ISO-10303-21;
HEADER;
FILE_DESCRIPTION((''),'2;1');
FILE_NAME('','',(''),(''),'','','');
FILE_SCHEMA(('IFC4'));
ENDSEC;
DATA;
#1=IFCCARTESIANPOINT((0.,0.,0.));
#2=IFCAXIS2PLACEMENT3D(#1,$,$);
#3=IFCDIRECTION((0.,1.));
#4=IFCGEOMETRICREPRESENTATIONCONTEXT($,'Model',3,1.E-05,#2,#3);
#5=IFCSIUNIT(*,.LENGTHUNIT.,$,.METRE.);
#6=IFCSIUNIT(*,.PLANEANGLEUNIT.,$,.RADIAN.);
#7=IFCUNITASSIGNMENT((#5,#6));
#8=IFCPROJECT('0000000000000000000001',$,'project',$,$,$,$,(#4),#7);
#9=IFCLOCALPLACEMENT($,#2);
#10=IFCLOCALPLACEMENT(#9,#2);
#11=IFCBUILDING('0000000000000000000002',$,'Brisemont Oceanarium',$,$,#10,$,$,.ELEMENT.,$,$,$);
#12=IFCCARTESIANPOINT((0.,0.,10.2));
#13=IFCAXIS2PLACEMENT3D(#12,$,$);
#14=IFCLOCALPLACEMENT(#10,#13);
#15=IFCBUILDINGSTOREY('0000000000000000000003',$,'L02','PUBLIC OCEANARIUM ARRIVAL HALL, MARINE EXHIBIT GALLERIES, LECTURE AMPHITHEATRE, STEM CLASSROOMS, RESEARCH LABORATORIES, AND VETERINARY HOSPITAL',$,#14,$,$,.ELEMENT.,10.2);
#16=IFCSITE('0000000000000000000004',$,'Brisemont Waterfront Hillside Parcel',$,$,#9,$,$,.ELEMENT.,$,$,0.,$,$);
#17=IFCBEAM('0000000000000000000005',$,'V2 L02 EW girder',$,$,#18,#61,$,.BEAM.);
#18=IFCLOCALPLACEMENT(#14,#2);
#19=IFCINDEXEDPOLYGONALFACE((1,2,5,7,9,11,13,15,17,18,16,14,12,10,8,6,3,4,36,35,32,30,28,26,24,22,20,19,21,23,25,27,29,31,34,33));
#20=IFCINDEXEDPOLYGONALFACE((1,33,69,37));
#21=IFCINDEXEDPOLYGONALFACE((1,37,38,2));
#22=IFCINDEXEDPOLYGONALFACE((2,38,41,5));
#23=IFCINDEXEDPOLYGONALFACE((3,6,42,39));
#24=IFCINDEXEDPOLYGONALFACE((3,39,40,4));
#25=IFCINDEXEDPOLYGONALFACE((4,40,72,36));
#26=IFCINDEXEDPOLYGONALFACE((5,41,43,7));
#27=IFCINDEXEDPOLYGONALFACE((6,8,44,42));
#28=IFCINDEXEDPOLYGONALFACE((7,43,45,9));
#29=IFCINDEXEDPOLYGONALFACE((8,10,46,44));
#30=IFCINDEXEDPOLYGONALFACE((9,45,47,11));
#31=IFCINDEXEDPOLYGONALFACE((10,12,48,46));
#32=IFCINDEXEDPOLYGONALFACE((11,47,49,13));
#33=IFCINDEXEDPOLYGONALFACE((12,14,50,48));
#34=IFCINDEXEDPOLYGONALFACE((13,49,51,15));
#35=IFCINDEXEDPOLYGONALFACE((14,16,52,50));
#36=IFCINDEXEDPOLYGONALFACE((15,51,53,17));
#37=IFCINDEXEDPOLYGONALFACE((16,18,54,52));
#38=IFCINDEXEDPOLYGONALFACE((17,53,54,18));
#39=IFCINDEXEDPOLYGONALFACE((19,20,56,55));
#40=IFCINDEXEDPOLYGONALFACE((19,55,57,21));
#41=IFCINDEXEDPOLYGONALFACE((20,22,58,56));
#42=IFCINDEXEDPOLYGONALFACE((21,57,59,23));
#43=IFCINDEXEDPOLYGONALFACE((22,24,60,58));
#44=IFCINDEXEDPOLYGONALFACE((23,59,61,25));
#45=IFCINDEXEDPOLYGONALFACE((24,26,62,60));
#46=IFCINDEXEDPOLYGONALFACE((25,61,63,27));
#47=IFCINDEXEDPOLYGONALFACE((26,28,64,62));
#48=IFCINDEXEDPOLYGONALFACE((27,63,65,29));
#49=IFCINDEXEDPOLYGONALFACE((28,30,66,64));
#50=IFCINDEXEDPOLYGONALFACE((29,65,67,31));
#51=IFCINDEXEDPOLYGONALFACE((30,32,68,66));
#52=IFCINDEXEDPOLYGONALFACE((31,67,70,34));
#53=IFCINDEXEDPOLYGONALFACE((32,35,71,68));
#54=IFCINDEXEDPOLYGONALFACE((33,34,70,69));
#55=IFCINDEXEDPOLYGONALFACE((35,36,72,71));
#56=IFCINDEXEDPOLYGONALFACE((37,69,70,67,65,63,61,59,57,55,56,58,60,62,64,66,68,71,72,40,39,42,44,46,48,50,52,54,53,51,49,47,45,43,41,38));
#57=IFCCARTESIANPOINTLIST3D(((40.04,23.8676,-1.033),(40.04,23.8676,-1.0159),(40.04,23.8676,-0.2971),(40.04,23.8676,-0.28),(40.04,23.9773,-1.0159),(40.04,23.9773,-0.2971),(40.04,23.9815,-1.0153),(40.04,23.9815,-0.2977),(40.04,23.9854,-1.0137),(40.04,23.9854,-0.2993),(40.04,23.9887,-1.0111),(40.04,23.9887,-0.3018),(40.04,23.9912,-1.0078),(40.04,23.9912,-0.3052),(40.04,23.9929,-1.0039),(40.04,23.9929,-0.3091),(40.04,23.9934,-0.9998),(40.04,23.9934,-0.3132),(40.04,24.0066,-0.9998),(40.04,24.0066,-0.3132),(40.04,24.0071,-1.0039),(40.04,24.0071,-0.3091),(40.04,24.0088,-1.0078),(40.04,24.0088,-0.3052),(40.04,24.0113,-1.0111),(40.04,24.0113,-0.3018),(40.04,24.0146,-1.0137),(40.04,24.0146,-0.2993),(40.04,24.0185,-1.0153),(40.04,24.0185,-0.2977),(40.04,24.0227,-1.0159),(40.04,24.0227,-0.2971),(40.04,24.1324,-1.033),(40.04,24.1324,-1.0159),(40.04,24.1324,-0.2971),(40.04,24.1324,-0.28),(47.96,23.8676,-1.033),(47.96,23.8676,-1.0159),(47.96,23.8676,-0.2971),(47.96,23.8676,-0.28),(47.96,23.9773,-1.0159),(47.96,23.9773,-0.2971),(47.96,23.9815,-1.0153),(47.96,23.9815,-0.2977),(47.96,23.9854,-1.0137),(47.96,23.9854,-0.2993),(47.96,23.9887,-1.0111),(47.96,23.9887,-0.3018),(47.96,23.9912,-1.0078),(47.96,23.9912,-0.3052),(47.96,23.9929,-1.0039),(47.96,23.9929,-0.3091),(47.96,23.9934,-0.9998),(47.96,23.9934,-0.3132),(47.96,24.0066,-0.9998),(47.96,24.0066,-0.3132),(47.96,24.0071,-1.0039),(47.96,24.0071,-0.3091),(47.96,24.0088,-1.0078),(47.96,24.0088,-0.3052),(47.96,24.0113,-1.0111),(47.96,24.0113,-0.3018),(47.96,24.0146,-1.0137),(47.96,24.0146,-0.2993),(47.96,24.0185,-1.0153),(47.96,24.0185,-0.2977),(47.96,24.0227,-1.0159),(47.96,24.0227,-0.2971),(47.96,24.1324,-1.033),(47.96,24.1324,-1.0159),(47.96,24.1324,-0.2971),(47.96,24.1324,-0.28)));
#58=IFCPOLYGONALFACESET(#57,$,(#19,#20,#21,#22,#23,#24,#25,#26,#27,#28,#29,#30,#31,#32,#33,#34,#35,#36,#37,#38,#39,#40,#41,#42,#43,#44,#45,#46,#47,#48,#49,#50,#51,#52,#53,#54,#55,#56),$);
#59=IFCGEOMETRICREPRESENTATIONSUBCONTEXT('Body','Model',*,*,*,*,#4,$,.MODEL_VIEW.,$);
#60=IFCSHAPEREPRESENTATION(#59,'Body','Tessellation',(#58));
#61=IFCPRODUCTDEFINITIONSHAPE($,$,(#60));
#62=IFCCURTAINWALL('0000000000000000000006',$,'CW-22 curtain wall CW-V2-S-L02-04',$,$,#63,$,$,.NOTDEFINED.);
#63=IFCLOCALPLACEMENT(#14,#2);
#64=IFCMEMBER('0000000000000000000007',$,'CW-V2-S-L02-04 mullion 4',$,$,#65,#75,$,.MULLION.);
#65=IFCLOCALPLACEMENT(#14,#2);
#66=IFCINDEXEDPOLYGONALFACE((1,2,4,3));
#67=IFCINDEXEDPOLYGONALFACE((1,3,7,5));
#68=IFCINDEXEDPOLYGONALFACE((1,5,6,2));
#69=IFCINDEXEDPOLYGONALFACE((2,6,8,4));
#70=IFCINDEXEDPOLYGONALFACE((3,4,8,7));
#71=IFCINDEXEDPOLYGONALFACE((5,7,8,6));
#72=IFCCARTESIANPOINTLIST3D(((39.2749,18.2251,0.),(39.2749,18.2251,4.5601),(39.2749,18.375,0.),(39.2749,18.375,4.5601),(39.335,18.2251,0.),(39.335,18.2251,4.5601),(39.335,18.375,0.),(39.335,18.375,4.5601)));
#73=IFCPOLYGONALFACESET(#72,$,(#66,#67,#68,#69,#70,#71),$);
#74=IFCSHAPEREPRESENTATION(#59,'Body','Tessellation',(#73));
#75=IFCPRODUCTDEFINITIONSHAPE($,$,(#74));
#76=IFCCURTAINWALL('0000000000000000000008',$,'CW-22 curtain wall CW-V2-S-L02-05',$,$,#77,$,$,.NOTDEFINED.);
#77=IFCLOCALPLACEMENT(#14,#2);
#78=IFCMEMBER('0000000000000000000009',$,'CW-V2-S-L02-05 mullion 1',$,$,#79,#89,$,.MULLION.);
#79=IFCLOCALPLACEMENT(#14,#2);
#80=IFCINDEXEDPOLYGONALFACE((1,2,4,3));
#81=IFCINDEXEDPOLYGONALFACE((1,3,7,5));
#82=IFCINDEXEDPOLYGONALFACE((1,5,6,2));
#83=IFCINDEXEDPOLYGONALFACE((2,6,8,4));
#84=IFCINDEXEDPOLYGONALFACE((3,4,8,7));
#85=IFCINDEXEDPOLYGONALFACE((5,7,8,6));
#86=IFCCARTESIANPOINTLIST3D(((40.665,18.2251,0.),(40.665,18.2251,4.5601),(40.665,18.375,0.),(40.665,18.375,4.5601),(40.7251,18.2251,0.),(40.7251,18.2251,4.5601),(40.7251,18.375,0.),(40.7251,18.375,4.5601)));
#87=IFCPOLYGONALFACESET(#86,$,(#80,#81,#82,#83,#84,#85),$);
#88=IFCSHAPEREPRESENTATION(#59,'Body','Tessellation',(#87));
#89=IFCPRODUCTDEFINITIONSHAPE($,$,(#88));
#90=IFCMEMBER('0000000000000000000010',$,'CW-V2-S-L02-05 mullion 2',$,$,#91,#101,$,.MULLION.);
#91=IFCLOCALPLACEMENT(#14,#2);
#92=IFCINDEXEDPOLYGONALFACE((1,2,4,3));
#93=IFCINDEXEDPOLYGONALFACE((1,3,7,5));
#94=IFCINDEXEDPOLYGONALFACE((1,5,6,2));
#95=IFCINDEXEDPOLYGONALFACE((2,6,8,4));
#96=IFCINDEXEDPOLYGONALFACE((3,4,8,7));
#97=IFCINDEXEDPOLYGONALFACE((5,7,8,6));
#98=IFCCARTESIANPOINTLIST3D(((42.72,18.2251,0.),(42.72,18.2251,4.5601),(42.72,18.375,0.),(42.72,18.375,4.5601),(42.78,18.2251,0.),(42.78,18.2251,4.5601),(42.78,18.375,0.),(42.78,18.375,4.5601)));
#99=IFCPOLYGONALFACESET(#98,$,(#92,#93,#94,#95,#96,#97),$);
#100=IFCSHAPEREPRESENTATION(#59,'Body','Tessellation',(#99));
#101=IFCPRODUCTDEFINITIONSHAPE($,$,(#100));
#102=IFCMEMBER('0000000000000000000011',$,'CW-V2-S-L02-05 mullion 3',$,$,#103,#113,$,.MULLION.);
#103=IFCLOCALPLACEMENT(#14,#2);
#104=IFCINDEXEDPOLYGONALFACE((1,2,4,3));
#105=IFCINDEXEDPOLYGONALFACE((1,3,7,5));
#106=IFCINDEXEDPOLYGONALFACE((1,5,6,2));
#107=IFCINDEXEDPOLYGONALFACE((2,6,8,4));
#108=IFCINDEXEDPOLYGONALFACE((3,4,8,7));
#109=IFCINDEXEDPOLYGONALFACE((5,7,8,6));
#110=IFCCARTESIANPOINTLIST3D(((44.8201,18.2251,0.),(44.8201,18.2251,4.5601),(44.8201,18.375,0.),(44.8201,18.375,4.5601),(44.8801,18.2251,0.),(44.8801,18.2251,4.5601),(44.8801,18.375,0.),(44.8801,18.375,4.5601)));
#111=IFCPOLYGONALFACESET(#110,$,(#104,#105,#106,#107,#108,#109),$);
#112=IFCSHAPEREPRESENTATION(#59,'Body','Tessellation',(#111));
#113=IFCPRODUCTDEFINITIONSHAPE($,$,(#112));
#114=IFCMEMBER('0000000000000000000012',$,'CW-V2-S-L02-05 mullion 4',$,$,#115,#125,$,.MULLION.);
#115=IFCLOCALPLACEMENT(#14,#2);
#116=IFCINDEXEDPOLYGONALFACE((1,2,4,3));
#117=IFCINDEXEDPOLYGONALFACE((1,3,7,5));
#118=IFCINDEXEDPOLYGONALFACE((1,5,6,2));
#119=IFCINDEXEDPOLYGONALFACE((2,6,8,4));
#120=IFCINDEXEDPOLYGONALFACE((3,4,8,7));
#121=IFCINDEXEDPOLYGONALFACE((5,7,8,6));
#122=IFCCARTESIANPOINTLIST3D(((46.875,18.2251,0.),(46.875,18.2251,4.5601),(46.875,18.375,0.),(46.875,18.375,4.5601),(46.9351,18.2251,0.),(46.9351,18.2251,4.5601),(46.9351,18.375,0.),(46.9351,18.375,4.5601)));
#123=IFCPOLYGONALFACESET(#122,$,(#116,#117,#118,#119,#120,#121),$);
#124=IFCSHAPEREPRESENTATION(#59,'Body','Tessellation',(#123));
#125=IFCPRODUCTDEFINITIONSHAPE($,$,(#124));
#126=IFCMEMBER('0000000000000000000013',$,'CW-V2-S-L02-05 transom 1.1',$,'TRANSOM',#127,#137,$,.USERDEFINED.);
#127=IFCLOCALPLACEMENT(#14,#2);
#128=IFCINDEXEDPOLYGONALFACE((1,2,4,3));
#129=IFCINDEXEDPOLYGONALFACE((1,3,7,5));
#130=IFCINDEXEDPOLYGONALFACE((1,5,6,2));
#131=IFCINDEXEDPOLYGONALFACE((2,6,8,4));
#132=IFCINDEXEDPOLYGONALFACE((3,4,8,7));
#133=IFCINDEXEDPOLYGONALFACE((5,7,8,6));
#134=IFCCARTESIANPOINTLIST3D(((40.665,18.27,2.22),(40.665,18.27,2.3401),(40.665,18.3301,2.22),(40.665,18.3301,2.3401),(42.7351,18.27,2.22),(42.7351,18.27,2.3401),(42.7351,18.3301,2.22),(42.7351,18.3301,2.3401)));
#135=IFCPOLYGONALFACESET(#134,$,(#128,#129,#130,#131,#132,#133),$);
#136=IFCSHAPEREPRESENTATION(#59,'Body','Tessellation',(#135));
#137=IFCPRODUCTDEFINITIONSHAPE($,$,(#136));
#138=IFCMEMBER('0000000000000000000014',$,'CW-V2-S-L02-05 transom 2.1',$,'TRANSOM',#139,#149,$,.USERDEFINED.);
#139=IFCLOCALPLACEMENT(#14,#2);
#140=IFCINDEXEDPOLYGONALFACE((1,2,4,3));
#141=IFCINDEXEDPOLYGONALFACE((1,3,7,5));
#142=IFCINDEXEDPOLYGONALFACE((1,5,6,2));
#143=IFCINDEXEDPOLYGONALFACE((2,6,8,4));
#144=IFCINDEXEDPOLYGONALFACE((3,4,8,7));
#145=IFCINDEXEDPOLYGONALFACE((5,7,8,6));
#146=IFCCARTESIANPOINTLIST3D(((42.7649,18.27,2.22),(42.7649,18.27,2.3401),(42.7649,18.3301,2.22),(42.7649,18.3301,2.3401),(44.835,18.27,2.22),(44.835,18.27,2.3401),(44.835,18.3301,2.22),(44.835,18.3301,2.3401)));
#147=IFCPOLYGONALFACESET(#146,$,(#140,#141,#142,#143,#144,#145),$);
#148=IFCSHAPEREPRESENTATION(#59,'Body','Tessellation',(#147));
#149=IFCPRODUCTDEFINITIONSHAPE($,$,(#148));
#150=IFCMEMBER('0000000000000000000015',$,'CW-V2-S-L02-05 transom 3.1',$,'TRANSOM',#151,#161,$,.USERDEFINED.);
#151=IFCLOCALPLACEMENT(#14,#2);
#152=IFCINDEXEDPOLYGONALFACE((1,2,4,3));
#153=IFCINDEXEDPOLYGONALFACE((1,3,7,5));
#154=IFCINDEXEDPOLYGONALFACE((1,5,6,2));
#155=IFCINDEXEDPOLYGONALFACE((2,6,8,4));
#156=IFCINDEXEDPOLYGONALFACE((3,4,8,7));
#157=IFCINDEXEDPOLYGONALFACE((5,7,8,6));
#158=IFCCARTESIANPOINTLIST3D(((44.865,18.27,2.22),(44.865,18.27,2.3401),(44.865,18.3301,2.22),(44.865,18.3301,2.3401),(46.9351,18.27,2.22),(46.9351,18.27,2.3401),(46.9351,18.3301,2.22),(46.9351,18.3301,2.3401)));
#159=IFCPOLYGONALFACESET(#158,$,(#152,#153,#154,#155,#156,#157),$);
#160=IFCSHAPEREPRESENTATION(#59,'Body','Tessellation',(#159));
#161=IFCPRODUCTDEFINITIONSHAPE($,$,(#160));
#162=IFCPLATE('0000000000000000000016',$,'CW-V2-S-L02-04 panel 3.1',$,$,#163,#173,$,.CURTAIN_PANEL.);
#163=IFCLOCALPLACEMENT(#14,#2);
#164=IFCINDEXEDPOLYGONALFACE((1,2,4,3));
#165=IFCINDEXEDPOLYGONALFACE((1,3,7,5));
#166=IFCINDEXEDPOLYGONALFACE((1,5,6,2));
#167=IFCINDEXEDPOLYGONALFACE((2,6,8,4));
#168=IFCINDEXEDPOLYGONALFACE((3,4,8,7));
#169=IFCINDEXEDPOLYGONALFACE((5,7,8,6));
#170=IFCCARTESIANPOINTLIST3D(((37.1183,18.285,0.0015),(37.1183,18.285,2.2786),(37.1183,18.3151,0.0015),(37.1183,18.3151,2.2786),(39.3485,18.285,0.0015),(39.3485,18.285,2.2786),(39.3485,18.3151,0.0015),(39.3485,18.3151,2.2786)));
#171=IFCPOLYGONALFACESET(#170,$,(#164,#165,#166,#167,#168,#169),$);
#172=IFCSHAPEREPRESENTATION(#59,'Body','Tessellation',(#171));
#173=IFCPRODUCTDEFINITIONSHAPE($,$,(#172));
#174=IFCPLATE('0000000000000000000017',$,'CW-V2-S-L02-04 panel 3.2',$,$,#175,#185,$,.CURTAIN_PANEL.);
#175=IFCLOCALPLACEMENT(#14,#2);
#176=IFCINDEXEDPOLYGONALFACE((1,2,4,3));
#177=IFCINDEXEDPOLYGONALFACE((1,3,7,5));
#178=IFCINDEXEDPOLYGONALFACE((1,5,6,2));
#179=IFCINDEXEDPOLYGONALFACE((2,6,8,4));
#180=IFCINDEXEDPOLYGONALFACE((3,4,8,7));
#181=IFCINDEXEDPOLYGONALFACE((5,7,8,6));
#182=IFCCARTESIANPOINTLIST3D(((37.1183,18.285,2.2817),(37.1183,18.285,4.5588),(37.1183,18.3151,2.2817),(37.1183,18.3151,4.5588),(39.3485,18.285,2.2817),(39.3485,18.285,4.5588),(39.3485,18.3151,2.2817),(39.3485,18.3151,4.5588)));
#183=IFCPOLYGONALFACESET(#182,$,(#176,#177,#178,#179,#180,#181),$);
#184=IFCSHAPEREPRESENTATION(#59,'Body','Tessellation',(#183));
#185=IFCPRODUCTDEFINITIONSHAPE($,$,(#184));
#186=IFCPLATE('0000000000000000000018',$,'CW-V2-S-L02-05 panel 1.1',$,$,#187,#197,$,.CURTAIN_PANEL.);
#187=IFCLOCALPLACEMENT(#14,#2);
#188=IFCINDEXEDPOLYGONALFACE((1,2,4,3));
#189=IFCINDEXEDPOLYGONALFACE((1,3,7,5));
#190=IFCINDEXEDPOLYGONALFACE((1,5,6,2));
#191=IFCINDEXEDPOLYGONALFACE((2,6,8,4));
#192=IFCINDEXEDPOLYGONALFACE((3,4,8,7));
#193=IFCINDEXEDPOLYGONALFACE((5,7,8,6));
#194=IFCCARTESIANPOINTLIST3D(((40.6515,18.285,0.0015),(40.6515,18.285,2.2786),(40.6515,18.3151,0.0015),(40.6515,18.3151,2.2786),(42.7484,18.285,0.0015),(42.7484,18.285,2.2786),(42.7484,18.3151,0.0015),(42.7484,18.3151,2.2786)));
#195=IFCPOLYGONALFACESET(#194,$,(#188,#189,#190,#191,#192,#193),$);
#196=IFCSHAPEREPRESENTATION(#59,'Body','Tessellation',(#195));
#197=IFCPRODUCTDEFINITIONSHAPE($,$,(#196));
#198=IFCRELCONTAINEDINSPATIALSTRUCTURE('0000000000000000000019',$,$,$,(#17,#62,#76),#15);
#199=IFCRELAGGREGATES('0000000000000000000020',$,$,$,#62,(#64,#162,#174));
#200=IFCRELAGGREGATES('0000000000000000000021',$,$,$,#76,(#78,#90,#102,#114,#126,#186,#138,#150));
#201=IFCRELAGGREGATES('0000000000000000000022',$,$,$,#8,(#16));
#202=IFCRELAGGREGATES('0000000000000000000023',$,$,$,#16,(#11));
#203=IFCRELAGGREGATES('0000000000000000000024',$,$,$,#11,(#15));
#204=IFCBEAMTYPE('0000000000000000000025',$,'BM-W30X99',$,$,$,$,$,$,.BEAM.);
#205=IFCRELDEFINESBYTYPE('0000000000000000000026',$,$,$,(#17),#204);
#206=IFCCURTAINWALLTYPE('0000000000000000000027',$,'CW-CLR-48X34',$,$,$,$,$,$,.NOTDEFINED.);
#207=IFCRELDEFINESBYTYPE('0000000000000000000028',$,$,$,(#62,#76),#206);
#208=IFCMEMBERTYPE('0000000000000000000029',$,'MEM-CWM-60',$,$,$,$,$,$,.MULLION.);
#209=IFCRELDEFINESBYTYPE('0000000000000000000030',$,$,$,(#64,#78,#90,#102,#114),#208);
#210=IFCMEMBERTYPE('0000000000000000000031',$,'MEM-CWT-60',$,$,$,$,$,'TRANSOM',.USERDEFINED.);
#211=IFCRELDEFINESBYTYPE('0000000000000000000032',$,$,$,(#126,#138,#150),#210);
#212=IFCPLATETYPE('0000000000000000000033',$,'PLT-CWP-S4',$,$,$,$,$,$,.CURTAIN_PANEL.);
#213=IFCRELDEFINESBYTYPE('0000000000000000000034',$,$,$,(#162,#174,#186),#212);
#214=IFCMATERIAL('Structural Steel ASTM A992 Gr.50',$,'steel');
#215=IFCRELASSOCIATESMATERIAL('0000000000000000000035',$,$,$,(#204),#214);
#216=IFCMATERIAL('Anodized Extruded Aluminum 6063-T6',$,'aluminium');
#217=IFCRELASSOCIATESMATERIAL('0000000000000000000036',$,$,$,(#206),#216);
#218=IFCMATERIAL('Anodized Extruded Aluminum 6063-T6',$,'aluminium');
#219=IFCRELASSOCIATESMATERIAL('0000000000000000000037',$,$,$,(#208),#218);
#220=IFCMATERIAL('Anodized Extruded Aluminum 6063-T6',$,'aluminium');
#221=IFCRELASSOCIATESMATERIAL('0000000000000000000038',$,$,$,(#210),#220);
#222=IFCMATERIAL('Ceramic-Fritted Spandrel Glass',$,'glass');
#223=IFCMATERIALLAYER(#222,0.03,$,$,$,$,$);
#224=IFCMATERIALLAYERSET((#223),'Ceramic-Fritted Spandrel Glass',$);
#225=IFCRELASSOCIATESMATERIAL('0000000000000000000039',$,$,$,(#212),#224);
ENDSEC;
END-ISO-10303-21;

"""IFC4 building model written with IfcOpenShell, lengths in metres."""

from ifc_helpers import new_model, si_unit, direction, frame, origin, origin_2d, place, context, subcontext, project, spatial, rectangle, i_section, extrude, material, layer, layer_set, material_profile, profile_set, type_object, element, aggregate, save


model = new_model("IFC4")

# Units and contexts
model_context = context("Model", 3, precision=1e-05, world=origin(), true_north=direction((0.0, 1.0)))
body_context = subcontext(model_context, "Body", "Model", "MODEL_VIEW")
ifc_project = project(units=[si_unit("LENGTHUNIT", "METRE"), si_unit("PLANEANGLEUNIT", "RADIAN")], contexts=[model_context])

# Site, building, storey
site_placement = place(None, origin())
site = spatial("IfcSite", under=ifc_project, at=site_placement, Name="Brisemont Waterfront Hillside Parcel", CompositionType="ELEMENT", RefElevation=0.0)
building_placement = place(site_placement, origin())
building = spatial("IfcBuilding", under=site, at=building_placement, Name="Brisemont Oceanarium", CompositionType="ELEMENT")
storey_placement = place(building_placement, frame((0.0, 0.0, 10.2)))
storey = spatial("IfcBuildingStorey", under=building, at=storey_placement, Name="L02", Description="PUBLIC OCEANARIUM ARRIVAL HALL, MARINE EXHIBIT GALLERIES, LECTURE AMPHITHEATRE, STEM CLASSROOMS, RESEARCH LABORATORIES, AND VETERINARY HOSPITAL", CompositionType="ELEMENT", Elevation=10.2)

# Beam
ifc_material_1 = material(Name="Structural Steel ASTM A992 Gr.50", Category="steel")
ifc_material_profile_1 = material_profile(ifc_material_1, i_section(OverallWidth=0.2649, OverallDepth=0.7529, WebThickness=0.0132, FlangeThickness=0.0171, FilletRadius=0.0161, at=origin_2d()), Name="W30X99")
ifc_profile_set_1 = profile_set([ifc_material_profile_1], Name="Structural Steel ASTM A992 Gr.50")
beam_type_1 = type_object("IfcBeamType", Name="BM-W30X99", PredefinedType="BEAM", material=ifc_profile_set_1)
beam_1_placement = place(storey_placement, frame((40.04, 24.0, -0.6565), z_axis=(1.0, 0.0, 0.0), x_axis=(0.0, 1.0, 0.0)))
element("IfcBeam", 1, at=beam_1_placement, inside=storey, type_object=beam_type_1, Name="V2 L02 EW girder", PredefinedType="BEAM", context=body_context, shape_type="SweptSolid", body=[
    extrude(i_section(OverallWidth=0.2649, OverallDepth=0.7529, WebThickness=0.0132, FlangeThickness=0.0171, FilletRadius=0.0161, at=origin_2d()), origin(), (0.0, 0.0, 1.0), 7.9199),
])

# Curtain wall, member
ifc_material_2 = material(Name="Anodized Extruded Aluminum 6063-T6", Category="aluminium")
curtain_wall_type = type_object("IfcCurtainWallType", Name="CW-CLR-48X34", PredefinedType="NOTDEFINED", material=ifc_material_2)
curtain_wall_1_placement = place(storey_placement, origin())
curtain_wall_1 = element("IfcCurtainWall", 2, at=curtain_wall_1_placement, inside=storey, type_object=curtain_wall_type, Name="CW-22 curtain wall CW-V2-S-L02-04", PredefinedType="NOTDEFINED")
ifc_material_3 = material(Name="Anodized Extruded Aluminum 6063-T6", Category="aluminium")
ifc_material_profile_2 = material_profile(ifc_material_3, rectangle(XDim=0.0601, YDim=0.1499, at=origin_2d()), Name="CWM-60X150")
ifc_profile_set_2 = profile_set([ifc_material_profile_2], Name="Anodized Extruded Aluminum 6063-T6")
member_type_1 = type_object("IfcMemberType", Name="MEM-CWM-60", PredefinedType="MULLION", material=ifc_profile_set_2)
member_1_placement = place(storey_placement, frame((39.3049, 18.3, 0.0), z_axis=(0.0, 0.0, 1.0), x_axis=(1.0, 0.0, 0.0)))
member_1 = element("IfcMember", 3, at=member_1_placement, type_object=member_type_1, Name="CW-V2-S-L02-04 mullion 4", PredefinedType="MULLION", context=body_context, shape_type="SweptSolid", body=[
    extrude(rectangle(XDim=0.0601, YDim=0.1499, at=origin_2d()), origin(), (0.0, 0.0, 1.0), 4.5601),
])

# Curtain wall, members
curtain_wall_2_placement = place(storey_placement, origin())
curtain_wall_2 = element("IfcCurtainWall", 4, at=curtain_wall_2_placement, inside=storey, type_object=curtain_wall_type, Name="CW-22 curtain wall CW-V2-S-L02-05", PredefinedType="NOTDEFINED")
member_2_placement = place(storey_placement, frame((40.6951, 18.3, 0.0), z_axis=(0.0, 0.0, 1.0), x_axis=(1.0, 0.0, 0.0)))
member_2 = element("IfcMember", 5, at=member_2_placement, type_object=member_type_1, Name="CW-V2-S-L02-05 mullion 1", PredefinedType="MULLION", context=body_context, shape_type="SweptSolid", body=[
    extrude(rectangle(XDim=0.0601, YDim=0.1499, at=origin_2d()), origin(), (0.0, 0.0, 1.0), 4.5601),
])
member_3_placement = place(storey_placement, frame((42.75, 18.3, 0.0), z_axis=(0.0, 0.0, 1.0), x_axis=(1.0, 0.0, 0.0)))
member_3 = element("IfcMember", 6, at=member_3_placement, type_object=member_type_1, Name="CW-V2-S-L02-05 mullion 2", PredefinedType="MULLION", context=body_context, shape_type="SweptSolid", body=[
    extrude(rectangle(XDim=0.0601, YDim=0.1499, at=origin_2d()), origin(), (0.0, 0.0, 1.0), 4.5601),
])
member_4_placement = place(storey_placement, frame((44.8501, 18.3, 0.0), z_axis=(0.0, 0.0, 1.0), x_axis=(1.0, 0.0, 0.0)))
member_4 = element("IfcMember", 7, at=member_4_placement, type_object=member_type_1, Name="CW-V2-S-L02-05 mullion 3", PredefinedType="MULLION", context=body_context, shape_type="SweptSolid", body=[
    extrude(rectangle(XDim=0.0601, YDim=0.1499, at=origin_2d()), origin(), (0.0, 0.0, 1.0), 4.5601),
])
member_5_placement = place(storey_placement, frame((46.905, 18.3, 0.0), z_axis=(0.0, 0.0, 1.0), x_axis=(1.0, 0.0, 0.0)))
member_5 = element("IfcMember", 8, at=member_5_placement, type_object=member_type_1, Name="CW-V2-S-L02-05 mullion 4", PredefinedType="MULLION", context=body_context, shape_type="SweptSolid", body=[
    extrude(rectangle(XDim=0.0601, YDim=0.1499, at=origin_2d()), origin(), (0.0, 0.0, 1.0), 4.5601),
])
ifc_material_4 = material(Name="Anodized Extruded Aluminum 6063-T6", Category="aluminium")
ifc_material_profile_3 = material_profile(ifc_material_4, rectangle(XDim=0.0601, YDim=0.1201, at=origin_2d()), Name="CWT-60X120")
ifc_profile_set_3 = profile_set([ifc_material_profile_3], Name="Anodized Extruded Aluminum 6063-T6")
member_type_2 = type_object("IfcMemberType", Name="MEM-CWT-60", ElementType="TRANSOM", PredefinedType="USERDEFINED", material=ifc_profile_set_3)
member_6_placement = place(storey_placement, frame((40.665, 18.3, 2.28), z_axis=(1.0, 0.0, 0.0), x_axis=(0.0, 1.0, 0.0)))
member_6 = element("IfcMember", 9, at=member_6_placement, type_object=member_type_2, Name="CW-V2-S-L02-05 transom 1.1", ObjectType="TRANSOM", PredefinedType="USERDEFINED", context=body_context, shape_type="SweptSolid", body=[
    extrude(rectangle(XDim=0.0601, YDim=0.1201, at=origin_2d()), origin(), (0.0, 0.0, 1.0), 2.0701),
])
member_7_placement = place(storey_placement, frame((42.7649, 18.3, 2.28), z_axis=(1.0, 0.0, 0.0), x_axis=(0.0, 1.0, 0.0)))
member_7 = element("IfcMember", 10, at=member_7_placement, type_object=member_type_2, Name="CW-V2-S-L02-05 transom 2.1", ObjectType="TRANSOM", PredefinedType="USERDEFINED", context=body_context, shape_type="SweptSolid", body=[
    extrude(rectangle(XDim=0.0601, YDim=0.1201, at=origin_2d()), origin(), (0.0, 0.0, 1.0), 2.0701),
])
member_8_placement = place(storey_placement, frame((44.865, 18.3, 2.28), z_axis=(1.0, 0.0, 0.0), x_axis=(0.0, 1.0, 0.0)))
member_8 = element("IfcMember", 11, at=member_8_placement, type_object=member_type_2, Name="CW-V2-S-L02-05 transom 3.1", ObjectType="TRANSOM", PredefinedType="USERDEFINED", context=body_context, shape_type="SweptSolid", body=[
    extrude(rectangle(XDim=0.0601, YDim=0.1201, at=origin_2d()), origin(), (0.0, 0.0, 1.0), 2.0701),
])

# Plates
ifc_material_5 = material(Name="Ceramic-Fritted Spandrel Glass", Category="glass")
ifc_layer = layer(ifc_material_5, 0.03)
ifc_layer_set = layer_set([ifc_layer], Name="Ceramic-Fritted Spandrel Glass")
plate_type = type_object("IfcPlateType", Name="PLT-CWP-S4", PredefinedType="CURTAIN_PANEL", material=ifc_layer_set)
plate_1_placement = place(storey_placement, frame((38.2334, 18.3, 0.0015), z_axis=(0.0, 0.0, 1.0), x_axis=(1.0, 0.0, 0.0)))
plate_1 = element("IfcPlate", 12, at=plate_1_placement, type_object=plate_type, Name="CW-V2-S-L02-04 panel 3.1", PredefinedType="CURTAIN_PANEL", context=body_context, shape_type="SweptSolid", body=[
    extrude(rectangle(XDim=2.2302, YDim=0.03, at=origin_2d()), origin(), (0.0, 0.0, 1.0), 2.2771),
])
plate_2_placement = place(storey_placement, frame((38.2334, 18.3, 2.2817), z_axis=(0.0, 0.0, 1.0), x_axis=(1.0, 0.0, 0.0)))
plate_2 = element("IfcPlate", 13, at=plate_2_placement, type_object=plate_type, Name="CW-V2-S-L02-04 panel 3.2", PredefinedType="CURTAIN_PANEL", context=body_context, shape_type="SweptSolid", body=[
    extrude(rectangle(XDim=2.2302, YDim=0.03, at=origin_2d()), origin(), (0.0, 0.0, 1.0), 2.2771),
])
aggregate(curtain_wall_1, [member_1, plate_1, plate_2])
plate_3_placement = place(storey_placement, frame((41.7, 18.3, 0.0015), z_axis=(0.0, 0.0, 1.0), x_axis=(1.0, 0.0, 0.0)))
plate_3 = element("IfcPlate", 14, at=plate_3_placement, type_object=plate_type, Name="CW-V2-S-L02-05 panel 1.1", PredefinedType="CURTAIN_PANEL", context=body_context, shape_type="SweptSolid", body=[
    extrude(rectangle(XDim=2.0969, YDim=0.03, at=origin_2d()), origin(), (0.0, 0.0, 1.0), 2.2771),
])
aggregate(curtain_wall_2, [member_2, member_3, member_4, member_5, member_6, plate_3, member_7, member_8])

save(model, "model.ifc")
